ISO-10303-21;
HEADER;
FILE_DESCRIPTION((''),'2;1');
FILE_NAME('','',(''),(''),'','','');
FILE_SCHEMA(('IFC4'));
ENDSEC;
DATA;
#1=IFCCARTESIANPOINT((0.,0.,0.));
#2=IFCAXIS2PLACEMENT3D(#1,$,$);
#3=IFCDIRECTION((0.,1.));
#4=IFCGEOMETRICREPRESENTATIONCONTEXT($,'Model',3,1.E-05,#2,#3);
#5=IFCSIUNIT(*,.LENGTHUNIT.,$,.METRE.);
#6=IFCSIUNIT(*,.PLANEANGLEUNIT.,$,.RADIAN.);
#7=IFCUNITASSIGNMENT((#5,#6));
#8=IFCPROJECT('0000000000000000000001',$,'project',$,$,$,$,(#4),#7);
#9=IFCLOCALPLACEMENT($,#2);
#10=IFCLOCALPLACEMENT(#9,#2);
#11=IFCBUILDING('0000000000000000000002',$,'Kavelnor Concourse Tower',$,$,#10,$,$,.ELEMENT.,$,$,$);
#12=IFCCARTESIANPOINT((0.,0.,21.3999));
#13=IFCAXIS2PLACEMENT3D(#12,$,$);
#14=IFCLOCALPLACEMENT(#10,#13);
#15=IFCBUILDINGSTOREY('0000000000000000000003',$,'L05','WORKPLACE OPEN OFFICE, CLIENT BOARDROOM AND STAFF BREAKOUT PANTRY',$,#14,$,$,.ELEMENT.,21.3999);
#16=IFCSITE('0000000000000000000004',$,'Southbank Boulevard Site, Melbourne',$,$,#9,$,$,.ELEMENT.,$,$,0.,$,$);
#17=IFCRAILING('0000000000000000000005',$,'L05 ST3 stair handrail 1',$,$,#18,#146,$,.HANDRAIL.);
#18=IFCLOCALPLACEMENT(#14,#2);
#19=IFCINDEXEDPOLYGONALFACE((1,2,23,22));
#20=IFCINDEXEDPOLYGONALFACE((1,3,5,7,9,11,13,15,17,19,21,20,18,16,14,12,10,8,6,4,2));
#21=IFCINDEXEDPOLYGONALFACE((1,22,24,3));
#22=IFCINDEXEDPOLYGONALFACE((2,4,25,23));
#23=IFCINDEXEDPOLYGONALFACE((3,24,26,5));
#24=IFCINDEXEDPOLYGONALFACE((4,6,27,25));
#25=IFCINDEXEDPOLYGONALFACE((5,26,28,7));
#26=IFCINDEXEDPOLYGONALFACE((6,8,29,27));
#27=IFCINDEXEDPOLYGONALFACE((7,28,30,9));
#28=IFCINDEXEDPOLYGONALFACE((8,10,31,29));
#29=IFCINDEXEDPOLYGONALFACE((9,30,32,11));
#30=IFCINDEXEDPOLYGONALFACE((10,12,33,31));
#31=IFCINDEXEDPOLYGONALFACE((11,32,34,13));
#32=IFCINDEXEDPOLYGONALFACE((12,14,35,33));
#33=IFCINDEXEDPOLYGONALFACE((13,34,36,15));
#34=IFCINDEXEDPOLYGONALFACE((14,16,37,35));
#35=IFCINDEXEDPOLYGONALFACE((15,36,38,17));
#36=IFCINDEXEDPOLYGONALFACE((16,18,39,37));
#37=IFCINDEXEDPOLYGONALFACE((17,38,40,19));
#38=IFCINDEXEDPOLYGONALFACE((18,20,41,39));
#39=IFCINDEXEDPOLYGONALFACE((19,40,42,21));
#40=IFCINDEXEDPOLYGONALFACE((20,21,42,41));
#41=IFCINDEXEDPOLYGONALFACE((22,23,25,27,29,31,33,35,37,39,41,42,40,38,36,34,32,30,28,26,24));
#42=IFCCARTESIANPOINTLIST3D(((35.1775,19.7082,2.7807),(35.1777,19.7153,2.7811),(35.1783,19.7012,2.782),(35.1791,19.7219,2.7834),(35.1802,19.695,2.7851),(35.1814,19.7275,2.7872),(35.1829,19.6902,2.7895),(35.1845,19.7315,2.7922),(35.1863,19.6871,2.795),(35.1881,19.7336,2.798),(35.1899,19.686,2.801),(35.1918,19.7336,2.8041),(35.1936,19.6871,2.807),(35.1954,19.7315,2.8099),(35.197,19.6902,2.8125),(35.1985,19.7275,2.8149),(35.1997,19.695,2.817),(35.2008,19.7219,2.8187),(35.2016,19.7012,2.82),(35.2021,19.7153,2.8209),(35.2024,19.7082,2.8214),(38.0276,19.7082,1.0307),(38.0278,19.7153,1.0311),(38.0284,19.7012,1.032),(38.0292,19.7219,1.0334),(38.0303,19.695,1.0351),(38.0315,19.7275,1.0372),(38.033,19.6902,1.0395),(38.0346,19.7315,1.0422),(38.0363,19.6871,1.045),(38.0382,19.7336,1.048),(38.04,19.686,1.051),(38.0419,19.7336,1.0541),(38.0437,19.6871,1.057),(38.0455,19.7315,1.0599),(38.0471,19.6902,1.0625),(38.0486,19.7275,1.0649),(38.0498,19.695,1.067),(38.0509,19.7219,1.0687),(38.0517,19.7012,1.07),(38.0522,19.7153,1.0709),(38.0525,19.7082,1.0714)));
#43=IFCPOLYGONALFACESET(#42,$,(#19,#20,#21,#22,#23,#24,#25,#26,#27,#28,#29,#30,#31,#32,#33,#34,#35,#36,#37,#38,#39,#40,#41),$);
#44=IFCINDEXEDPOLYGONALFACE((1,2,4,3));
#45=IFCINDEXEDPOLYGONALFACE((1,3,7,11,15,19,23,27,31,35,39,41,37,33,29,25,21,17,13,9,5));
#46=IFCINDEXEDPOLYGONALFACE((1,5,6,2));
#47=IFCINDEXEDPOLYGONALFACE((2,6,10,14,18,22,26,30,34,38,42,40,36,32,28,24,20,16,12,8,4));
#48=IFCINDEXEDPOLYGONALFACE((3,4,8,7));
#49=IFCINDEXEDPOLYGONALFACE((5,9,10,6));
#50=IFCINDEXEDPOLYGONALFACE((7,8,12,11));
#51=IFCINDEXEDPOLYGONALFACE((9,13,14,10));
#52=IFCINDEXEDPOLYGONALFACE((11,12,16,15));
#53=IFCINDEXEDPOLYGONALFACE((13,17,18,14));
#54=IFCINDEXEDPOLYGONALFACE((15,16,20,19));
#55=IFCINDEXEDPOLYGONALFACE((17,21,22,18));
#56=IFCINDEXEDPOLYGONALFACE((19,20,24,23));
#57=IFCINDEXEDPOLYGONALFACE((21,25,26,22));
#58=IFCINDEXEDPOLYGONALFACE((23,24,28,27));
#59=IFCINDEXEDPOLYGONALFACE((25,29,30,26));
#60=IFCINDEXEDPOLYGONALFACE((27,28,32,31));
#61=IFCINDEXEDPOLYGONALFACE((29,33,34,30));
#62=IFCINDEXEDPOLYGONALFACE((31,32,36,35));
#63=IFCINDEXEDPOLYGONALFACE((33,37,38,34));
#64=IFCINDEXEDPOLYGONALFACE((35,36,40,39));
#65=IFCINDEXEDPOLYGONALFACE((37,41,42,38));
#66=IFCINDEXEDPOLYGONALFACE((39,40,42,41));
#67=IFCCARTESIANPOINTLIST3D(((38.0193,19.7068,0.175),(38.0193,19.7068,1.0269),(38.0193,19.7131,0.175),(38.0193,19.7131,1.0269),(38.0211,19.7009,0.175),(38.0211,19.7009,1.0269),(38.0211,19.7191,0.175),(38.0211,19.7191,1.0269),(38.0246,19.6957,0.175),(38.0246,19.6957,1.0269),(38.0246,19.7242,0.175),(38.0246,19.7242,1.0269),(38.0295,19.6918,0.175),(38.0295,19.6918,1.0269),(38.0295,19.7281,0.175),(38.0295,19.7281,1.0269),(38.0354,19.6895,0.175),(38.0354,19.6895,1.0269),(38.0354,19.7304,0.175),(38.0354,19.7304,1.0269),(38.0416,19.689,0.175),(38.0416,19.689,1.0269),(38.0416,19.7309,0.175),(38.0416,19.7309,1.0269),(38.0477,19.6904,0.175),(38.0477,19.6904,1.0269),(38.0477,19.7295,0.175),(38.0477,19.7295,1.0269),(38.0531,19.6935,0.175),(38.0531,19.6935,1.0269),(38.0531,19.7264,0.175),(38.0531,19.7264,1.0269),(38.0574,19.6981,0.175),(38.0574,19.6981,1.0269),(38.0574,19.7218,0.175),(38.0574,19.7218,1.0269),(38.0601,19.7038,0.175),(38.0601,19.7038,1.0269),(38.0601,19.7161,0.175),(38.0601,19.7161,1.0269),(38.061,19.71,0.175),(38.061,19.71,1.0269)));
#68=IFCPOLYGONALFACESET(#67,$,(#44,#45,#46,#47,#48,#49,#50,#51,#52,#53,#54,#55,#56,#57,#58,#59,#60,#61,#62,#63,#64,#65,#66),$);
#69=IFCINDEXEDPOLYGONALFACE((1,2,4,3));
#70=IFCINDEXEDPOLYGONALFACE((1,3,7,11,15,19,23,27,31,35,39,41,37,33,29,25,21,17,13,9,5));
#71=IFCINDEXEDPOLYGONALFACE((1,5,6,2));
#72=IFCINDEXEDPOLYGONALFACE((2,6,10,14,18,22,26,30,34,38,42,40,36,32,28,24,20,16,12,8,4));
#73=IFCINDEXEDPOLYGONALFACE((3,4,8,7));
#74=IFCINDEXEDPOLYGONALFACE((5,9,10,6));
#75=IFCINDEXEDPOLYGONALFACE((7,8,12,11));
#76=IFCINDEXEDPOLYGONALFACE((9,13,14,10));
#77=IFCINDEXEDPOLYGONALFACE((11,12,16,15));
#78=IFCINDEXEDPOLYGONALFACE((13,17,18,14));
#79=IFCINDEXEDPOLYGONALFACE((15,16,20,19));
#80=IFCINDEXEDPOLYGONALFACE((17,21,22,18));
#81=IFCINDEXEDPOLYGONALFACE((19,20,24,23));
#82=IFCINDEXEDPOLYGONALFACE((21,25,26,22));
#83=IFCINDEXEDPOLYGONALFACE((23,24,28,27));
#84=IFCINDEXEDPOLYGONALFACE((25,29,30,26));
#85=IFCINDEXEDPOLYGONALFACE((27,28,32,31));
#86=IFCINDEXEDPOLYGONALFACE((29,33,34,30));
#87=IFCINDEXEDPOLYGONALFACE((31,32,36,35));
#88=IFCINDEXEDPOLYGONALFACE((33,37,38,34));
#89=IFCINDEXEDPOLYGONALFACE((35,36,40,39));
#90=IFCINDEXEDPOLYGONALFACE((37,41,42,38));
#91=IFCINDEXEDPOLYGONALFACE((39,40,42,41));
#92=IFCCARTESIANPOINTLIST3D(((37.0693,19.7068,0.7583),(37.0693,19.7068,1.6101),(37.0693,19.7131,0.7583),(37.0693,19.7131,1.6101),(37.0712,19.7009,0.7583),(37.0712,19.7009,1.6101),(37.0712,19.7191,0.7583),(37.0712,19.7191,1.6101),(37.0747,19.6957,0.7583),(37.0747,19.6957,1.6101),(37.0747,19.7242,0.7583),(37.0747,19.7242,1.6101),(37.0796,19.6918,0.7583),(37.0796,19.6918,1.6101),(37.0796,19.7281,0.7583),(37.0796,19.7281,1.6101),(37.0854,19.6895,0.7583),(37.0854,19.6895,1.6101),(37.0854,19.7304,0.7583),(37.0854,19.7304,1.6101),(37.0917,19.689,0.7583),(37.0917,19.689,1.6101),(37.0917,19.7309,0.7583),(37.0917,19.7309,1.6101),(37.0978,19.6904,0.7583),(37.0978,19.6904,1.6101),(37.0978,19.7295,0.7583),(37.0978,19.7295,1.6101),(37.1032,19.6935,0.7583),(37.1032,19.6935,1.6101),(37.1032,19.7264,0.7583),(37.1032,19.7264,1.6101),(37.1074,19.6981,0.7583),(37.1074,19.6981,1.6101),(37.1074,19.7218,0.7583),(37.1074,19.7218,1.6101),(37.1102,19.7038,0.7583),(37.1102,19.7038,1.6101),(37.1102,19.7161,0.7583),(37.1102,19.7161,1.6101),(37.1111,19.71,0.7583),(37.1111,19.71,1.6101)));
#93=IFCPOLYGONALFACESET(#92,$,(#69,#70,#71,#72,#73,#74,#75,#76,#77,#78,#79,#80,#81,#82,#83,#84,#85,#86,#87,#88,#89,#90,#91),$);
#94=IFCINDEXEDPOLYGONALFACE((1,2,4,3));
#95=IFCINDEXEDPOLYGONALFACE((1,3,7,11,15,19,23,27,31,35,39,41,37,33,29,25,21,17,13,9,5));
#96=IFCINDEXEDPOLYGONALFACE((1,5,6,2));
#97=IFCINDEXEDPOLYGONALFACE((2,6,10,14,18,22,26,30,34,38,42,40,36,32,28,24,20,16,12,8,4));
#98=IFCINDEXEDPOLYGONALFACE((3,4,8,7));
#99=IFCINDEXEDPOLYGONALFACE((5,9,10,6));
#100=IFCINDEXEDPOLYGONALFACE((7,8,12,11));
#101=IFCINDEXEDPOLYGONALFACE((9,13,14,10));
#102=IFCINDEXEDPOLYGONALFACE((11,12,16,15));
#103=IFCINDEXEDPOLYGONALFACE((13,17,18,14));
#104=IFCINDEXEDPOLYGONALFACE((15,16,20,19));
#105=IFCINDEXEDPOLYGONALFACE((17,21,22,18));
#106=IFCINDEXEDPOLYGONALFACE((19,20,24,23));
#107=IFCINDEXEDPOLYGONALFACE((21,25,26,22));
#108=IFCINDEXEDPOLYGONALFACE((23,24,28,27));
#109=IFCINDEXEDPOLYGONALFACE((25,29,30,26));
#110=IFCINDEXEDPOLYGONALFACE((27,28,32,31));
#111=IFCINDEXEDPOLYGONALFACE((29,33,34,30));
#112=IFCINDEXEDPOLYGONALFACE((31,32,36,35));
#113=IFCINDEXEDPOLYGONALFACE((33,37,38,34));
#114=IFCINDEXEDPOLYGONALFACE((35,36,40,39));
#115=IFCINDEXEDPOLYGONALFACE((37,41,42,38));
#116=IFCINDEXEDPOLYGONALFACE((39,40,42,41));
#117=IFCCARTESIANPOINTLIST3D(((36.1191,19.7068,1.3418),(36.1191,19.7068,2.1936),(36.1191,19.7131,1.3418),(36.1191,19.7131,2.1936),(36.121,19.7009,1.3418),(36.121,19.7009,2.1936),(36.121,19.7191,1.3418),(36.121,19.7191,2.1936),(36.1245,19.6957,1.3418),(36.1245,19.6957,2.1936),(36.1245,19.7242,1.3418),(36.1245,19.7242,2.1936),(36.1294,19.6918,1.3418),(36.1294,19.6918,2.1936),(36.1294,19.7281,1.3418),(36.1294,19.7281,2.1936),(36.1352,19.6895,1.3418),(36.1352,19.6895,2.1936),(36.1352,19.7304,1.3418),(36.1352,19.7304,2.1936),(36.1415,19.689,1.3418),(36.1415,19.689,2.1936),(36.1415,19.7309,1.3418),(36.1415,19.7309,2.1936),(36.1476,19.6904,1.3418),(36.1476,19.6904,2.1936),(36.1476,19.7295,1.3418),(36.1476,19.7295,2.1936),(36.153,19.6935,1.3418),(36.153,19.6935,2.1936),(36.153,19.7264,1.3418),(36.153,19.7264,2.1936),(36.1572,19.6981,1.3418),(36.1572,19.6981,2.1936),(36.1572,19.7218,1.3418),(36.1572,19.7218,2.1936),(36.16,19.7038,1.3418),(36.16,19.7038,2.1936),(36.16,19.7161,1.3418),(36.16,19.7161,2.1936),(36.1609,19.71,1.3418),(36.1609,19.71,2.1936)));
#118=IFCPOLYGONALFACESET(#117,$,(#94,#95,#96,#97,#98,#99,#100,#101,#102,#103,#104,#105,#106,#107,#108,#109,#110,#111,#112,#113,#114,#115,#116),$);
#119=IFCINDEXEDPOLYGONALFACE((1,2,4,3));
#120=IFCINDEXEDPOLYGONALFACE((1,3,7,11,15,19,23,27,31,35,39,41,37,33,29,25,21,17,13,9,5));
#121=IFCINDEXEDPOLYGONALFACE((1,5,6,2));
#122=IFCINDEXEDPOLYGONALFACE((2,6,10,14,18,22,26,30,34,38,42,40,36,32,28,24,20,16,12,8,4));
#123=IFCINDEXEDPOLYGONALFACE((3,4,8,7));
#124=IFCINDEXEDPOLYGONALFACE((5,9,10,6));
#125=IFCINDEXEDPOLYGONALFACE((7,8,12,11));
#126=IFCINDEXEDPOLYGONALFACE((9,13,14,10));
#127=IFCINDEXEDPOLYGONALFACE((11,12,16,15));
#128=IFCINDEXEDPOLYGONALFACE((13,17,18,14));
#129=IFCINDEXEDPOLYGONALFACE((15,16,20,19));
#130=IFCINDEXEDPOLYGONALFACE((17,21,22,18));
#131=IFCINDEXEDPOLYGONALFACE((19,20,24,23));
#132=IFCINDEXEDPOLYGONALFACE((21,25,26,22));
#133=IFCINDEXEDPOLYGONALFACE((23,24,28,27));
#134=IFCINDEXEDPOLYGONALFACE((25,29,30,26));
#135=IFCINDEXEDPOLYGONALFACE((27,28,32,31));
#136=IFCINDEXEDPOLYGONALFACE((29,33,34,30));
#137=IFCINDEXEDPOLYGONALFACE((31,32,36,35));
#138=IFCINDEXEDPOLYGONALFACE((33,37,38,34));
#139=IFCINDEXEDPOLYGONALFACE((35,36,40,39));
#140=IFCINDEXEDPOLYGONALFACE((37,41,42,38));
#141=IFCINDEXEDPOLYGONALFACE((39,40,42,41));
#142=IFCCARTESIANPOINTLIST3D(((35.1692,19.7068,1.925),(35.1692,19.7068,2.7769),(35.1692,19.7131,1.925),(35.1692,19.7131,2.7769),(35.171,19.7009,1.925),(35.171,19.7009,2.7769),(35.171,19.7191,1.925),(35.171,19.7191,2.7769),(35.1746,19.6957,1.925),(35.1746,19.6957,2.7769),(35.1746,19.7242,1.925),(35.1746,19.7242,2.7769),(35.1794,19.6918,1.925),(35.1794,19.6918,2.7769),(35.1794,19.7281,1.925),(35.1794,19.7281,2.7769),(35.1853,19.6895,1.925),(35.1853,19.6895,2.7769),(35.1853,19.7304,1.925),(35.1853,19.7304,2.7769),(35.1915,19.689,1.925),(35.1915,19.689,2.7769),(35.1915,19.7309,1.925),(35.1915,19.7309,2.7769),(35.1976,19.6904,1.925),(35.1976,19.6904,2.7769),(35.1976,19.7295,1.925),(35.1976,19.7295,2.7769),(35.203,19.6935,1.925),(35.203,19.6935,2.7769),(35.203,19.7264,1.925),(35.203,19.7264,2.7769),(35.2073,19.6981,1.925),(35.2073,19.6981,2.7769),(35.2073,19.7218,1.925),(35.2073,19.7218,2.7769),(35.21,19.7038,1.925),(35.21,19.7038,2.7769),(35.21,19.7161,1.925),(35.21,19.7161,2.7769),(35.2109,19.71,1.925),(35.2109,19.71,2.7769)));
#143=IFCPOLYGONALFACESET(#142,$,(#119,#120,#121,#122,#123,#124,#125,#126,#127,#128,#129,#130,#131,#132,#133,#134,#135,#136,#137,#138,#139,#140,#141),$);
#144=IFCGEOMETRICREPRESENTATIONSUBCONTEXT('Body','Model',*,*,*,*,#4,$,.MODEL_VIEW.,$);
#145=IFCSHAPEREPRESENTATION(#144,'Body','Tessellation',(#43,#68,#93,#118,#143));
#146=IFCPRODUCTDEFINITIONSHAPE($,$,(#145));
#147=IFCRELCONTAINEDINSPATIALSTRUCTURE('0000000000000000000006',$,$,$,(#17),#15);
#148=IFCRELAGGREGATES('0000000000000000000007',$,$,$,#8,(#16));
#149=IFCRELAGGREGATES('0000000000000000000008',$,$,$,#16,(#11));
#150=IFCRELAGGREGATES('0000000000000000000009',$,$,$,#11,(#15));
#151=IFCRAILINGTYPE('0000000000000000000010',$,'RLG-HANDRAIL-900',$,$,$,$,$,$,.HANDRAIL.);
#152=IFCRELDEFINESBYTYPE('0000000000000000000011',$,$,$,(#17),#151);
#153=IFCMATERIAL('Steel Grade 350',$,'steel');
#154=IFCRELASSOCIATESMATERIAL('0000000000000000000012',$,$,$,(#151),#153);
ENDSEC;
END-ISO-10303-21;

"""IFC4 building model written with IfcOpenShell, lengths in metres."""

from ifc_helpers import new_model, si_unit, direction, frame, origin, origin_2d, place, context, subcontext, project, spatial, circle, extrude, material, type_object, element, save


model = new_model("IFC4")

# Units and contexts
model_context = context("Model", 3, precision=1e-05, world=origin(), true_north=direction((0.0, 1.0)))
body_context = subcontext(model_context, "Body", "Model", "MODEL_VIEW")
ifc_project = project(units=[si_unit("LENGTHUNIT", "METRE"), si_unit("PLANEANGLEUNIT", "RADIAN")], contexts=[model_context])

# Site, building, storey
site_placement = place(None, origin())
site = spatial("IfcSite", under=ifc_project, at=site_placement, Name="Southbank Boulevard Site, Melbourne", CompositionType="ELEMENT", RefElevation=0.0)
building_placement = place(site_placement, origin())
building = spatial("IfcBuilding", under=site, at=building_placement, Name="Kavelnor Concourse Tower", CompositionType="ELEMENT")
storey_placement = place(building_placement, frame((0.0, 0.0, 21.3999)))
storey = spatial("IfcBuildingStorey", under=building, at=storey_placement, Name="L05", Description="WORKPLACE OPEN OFFICE, CLIENT BOARDROOM AND STAFF BREAKOUT PANTRY", CompositionType="ELEMENT", Elevation=21.3999)

# Shared definitions
ifc_material_1 = material(Name="Steel Grade 350", Category="steel")

# Railing
railing_type_1 = type_object("IfcRailingType", Name="RLG-HANDRAIL-900", PredefinedType="HANDRAIL", material=ifc_material_1)
railing_1_placement = place(storey_placement, frame((38.04, 19.71, 0.175)))
element("IfcRailing", 1, at=railing_1_placement, inside=storey, type_object=railing_type_1, Name="L05 ST3 stair handrail 1", PredefinedType="HANDRAIL", context=body_context, shape_type="SweptSolid", body=[
    extrude(circle(Radius=0.0239, at=origin_2d()), frame((0.0, 0.0, 0.876), z_axis=(-0.852179, 0.0, 0.52325), x_axis=(0.0, -1.0, 0.0)), (0.0, 0.0, 1.0), 3.3445),
    extrude(circle(Radius=0.021, at=origin_2d()), origin(), (0.0, 0.0, 1.0), 0.8518),
    extrude(circle(Radius=0.021, at=origin_2d()), frame((-0.95, 0.0, 0.5833)), (0.0, 0.0, 1.0), 0.8518),
    extrude(circle(Radius=0.021, at=origin_2d()), frame((-1.9001, 0.0, 1.1667)), (0.0, 0.0, 1.0), 0.8518),
    extrude(circle(Radius=0.021, at=origin_2d()), frame((-2.8501, 0.0, 1.75)), (0.0, 0.0, 1.0), 0.8518),
])

save(model, "model.ifc")
